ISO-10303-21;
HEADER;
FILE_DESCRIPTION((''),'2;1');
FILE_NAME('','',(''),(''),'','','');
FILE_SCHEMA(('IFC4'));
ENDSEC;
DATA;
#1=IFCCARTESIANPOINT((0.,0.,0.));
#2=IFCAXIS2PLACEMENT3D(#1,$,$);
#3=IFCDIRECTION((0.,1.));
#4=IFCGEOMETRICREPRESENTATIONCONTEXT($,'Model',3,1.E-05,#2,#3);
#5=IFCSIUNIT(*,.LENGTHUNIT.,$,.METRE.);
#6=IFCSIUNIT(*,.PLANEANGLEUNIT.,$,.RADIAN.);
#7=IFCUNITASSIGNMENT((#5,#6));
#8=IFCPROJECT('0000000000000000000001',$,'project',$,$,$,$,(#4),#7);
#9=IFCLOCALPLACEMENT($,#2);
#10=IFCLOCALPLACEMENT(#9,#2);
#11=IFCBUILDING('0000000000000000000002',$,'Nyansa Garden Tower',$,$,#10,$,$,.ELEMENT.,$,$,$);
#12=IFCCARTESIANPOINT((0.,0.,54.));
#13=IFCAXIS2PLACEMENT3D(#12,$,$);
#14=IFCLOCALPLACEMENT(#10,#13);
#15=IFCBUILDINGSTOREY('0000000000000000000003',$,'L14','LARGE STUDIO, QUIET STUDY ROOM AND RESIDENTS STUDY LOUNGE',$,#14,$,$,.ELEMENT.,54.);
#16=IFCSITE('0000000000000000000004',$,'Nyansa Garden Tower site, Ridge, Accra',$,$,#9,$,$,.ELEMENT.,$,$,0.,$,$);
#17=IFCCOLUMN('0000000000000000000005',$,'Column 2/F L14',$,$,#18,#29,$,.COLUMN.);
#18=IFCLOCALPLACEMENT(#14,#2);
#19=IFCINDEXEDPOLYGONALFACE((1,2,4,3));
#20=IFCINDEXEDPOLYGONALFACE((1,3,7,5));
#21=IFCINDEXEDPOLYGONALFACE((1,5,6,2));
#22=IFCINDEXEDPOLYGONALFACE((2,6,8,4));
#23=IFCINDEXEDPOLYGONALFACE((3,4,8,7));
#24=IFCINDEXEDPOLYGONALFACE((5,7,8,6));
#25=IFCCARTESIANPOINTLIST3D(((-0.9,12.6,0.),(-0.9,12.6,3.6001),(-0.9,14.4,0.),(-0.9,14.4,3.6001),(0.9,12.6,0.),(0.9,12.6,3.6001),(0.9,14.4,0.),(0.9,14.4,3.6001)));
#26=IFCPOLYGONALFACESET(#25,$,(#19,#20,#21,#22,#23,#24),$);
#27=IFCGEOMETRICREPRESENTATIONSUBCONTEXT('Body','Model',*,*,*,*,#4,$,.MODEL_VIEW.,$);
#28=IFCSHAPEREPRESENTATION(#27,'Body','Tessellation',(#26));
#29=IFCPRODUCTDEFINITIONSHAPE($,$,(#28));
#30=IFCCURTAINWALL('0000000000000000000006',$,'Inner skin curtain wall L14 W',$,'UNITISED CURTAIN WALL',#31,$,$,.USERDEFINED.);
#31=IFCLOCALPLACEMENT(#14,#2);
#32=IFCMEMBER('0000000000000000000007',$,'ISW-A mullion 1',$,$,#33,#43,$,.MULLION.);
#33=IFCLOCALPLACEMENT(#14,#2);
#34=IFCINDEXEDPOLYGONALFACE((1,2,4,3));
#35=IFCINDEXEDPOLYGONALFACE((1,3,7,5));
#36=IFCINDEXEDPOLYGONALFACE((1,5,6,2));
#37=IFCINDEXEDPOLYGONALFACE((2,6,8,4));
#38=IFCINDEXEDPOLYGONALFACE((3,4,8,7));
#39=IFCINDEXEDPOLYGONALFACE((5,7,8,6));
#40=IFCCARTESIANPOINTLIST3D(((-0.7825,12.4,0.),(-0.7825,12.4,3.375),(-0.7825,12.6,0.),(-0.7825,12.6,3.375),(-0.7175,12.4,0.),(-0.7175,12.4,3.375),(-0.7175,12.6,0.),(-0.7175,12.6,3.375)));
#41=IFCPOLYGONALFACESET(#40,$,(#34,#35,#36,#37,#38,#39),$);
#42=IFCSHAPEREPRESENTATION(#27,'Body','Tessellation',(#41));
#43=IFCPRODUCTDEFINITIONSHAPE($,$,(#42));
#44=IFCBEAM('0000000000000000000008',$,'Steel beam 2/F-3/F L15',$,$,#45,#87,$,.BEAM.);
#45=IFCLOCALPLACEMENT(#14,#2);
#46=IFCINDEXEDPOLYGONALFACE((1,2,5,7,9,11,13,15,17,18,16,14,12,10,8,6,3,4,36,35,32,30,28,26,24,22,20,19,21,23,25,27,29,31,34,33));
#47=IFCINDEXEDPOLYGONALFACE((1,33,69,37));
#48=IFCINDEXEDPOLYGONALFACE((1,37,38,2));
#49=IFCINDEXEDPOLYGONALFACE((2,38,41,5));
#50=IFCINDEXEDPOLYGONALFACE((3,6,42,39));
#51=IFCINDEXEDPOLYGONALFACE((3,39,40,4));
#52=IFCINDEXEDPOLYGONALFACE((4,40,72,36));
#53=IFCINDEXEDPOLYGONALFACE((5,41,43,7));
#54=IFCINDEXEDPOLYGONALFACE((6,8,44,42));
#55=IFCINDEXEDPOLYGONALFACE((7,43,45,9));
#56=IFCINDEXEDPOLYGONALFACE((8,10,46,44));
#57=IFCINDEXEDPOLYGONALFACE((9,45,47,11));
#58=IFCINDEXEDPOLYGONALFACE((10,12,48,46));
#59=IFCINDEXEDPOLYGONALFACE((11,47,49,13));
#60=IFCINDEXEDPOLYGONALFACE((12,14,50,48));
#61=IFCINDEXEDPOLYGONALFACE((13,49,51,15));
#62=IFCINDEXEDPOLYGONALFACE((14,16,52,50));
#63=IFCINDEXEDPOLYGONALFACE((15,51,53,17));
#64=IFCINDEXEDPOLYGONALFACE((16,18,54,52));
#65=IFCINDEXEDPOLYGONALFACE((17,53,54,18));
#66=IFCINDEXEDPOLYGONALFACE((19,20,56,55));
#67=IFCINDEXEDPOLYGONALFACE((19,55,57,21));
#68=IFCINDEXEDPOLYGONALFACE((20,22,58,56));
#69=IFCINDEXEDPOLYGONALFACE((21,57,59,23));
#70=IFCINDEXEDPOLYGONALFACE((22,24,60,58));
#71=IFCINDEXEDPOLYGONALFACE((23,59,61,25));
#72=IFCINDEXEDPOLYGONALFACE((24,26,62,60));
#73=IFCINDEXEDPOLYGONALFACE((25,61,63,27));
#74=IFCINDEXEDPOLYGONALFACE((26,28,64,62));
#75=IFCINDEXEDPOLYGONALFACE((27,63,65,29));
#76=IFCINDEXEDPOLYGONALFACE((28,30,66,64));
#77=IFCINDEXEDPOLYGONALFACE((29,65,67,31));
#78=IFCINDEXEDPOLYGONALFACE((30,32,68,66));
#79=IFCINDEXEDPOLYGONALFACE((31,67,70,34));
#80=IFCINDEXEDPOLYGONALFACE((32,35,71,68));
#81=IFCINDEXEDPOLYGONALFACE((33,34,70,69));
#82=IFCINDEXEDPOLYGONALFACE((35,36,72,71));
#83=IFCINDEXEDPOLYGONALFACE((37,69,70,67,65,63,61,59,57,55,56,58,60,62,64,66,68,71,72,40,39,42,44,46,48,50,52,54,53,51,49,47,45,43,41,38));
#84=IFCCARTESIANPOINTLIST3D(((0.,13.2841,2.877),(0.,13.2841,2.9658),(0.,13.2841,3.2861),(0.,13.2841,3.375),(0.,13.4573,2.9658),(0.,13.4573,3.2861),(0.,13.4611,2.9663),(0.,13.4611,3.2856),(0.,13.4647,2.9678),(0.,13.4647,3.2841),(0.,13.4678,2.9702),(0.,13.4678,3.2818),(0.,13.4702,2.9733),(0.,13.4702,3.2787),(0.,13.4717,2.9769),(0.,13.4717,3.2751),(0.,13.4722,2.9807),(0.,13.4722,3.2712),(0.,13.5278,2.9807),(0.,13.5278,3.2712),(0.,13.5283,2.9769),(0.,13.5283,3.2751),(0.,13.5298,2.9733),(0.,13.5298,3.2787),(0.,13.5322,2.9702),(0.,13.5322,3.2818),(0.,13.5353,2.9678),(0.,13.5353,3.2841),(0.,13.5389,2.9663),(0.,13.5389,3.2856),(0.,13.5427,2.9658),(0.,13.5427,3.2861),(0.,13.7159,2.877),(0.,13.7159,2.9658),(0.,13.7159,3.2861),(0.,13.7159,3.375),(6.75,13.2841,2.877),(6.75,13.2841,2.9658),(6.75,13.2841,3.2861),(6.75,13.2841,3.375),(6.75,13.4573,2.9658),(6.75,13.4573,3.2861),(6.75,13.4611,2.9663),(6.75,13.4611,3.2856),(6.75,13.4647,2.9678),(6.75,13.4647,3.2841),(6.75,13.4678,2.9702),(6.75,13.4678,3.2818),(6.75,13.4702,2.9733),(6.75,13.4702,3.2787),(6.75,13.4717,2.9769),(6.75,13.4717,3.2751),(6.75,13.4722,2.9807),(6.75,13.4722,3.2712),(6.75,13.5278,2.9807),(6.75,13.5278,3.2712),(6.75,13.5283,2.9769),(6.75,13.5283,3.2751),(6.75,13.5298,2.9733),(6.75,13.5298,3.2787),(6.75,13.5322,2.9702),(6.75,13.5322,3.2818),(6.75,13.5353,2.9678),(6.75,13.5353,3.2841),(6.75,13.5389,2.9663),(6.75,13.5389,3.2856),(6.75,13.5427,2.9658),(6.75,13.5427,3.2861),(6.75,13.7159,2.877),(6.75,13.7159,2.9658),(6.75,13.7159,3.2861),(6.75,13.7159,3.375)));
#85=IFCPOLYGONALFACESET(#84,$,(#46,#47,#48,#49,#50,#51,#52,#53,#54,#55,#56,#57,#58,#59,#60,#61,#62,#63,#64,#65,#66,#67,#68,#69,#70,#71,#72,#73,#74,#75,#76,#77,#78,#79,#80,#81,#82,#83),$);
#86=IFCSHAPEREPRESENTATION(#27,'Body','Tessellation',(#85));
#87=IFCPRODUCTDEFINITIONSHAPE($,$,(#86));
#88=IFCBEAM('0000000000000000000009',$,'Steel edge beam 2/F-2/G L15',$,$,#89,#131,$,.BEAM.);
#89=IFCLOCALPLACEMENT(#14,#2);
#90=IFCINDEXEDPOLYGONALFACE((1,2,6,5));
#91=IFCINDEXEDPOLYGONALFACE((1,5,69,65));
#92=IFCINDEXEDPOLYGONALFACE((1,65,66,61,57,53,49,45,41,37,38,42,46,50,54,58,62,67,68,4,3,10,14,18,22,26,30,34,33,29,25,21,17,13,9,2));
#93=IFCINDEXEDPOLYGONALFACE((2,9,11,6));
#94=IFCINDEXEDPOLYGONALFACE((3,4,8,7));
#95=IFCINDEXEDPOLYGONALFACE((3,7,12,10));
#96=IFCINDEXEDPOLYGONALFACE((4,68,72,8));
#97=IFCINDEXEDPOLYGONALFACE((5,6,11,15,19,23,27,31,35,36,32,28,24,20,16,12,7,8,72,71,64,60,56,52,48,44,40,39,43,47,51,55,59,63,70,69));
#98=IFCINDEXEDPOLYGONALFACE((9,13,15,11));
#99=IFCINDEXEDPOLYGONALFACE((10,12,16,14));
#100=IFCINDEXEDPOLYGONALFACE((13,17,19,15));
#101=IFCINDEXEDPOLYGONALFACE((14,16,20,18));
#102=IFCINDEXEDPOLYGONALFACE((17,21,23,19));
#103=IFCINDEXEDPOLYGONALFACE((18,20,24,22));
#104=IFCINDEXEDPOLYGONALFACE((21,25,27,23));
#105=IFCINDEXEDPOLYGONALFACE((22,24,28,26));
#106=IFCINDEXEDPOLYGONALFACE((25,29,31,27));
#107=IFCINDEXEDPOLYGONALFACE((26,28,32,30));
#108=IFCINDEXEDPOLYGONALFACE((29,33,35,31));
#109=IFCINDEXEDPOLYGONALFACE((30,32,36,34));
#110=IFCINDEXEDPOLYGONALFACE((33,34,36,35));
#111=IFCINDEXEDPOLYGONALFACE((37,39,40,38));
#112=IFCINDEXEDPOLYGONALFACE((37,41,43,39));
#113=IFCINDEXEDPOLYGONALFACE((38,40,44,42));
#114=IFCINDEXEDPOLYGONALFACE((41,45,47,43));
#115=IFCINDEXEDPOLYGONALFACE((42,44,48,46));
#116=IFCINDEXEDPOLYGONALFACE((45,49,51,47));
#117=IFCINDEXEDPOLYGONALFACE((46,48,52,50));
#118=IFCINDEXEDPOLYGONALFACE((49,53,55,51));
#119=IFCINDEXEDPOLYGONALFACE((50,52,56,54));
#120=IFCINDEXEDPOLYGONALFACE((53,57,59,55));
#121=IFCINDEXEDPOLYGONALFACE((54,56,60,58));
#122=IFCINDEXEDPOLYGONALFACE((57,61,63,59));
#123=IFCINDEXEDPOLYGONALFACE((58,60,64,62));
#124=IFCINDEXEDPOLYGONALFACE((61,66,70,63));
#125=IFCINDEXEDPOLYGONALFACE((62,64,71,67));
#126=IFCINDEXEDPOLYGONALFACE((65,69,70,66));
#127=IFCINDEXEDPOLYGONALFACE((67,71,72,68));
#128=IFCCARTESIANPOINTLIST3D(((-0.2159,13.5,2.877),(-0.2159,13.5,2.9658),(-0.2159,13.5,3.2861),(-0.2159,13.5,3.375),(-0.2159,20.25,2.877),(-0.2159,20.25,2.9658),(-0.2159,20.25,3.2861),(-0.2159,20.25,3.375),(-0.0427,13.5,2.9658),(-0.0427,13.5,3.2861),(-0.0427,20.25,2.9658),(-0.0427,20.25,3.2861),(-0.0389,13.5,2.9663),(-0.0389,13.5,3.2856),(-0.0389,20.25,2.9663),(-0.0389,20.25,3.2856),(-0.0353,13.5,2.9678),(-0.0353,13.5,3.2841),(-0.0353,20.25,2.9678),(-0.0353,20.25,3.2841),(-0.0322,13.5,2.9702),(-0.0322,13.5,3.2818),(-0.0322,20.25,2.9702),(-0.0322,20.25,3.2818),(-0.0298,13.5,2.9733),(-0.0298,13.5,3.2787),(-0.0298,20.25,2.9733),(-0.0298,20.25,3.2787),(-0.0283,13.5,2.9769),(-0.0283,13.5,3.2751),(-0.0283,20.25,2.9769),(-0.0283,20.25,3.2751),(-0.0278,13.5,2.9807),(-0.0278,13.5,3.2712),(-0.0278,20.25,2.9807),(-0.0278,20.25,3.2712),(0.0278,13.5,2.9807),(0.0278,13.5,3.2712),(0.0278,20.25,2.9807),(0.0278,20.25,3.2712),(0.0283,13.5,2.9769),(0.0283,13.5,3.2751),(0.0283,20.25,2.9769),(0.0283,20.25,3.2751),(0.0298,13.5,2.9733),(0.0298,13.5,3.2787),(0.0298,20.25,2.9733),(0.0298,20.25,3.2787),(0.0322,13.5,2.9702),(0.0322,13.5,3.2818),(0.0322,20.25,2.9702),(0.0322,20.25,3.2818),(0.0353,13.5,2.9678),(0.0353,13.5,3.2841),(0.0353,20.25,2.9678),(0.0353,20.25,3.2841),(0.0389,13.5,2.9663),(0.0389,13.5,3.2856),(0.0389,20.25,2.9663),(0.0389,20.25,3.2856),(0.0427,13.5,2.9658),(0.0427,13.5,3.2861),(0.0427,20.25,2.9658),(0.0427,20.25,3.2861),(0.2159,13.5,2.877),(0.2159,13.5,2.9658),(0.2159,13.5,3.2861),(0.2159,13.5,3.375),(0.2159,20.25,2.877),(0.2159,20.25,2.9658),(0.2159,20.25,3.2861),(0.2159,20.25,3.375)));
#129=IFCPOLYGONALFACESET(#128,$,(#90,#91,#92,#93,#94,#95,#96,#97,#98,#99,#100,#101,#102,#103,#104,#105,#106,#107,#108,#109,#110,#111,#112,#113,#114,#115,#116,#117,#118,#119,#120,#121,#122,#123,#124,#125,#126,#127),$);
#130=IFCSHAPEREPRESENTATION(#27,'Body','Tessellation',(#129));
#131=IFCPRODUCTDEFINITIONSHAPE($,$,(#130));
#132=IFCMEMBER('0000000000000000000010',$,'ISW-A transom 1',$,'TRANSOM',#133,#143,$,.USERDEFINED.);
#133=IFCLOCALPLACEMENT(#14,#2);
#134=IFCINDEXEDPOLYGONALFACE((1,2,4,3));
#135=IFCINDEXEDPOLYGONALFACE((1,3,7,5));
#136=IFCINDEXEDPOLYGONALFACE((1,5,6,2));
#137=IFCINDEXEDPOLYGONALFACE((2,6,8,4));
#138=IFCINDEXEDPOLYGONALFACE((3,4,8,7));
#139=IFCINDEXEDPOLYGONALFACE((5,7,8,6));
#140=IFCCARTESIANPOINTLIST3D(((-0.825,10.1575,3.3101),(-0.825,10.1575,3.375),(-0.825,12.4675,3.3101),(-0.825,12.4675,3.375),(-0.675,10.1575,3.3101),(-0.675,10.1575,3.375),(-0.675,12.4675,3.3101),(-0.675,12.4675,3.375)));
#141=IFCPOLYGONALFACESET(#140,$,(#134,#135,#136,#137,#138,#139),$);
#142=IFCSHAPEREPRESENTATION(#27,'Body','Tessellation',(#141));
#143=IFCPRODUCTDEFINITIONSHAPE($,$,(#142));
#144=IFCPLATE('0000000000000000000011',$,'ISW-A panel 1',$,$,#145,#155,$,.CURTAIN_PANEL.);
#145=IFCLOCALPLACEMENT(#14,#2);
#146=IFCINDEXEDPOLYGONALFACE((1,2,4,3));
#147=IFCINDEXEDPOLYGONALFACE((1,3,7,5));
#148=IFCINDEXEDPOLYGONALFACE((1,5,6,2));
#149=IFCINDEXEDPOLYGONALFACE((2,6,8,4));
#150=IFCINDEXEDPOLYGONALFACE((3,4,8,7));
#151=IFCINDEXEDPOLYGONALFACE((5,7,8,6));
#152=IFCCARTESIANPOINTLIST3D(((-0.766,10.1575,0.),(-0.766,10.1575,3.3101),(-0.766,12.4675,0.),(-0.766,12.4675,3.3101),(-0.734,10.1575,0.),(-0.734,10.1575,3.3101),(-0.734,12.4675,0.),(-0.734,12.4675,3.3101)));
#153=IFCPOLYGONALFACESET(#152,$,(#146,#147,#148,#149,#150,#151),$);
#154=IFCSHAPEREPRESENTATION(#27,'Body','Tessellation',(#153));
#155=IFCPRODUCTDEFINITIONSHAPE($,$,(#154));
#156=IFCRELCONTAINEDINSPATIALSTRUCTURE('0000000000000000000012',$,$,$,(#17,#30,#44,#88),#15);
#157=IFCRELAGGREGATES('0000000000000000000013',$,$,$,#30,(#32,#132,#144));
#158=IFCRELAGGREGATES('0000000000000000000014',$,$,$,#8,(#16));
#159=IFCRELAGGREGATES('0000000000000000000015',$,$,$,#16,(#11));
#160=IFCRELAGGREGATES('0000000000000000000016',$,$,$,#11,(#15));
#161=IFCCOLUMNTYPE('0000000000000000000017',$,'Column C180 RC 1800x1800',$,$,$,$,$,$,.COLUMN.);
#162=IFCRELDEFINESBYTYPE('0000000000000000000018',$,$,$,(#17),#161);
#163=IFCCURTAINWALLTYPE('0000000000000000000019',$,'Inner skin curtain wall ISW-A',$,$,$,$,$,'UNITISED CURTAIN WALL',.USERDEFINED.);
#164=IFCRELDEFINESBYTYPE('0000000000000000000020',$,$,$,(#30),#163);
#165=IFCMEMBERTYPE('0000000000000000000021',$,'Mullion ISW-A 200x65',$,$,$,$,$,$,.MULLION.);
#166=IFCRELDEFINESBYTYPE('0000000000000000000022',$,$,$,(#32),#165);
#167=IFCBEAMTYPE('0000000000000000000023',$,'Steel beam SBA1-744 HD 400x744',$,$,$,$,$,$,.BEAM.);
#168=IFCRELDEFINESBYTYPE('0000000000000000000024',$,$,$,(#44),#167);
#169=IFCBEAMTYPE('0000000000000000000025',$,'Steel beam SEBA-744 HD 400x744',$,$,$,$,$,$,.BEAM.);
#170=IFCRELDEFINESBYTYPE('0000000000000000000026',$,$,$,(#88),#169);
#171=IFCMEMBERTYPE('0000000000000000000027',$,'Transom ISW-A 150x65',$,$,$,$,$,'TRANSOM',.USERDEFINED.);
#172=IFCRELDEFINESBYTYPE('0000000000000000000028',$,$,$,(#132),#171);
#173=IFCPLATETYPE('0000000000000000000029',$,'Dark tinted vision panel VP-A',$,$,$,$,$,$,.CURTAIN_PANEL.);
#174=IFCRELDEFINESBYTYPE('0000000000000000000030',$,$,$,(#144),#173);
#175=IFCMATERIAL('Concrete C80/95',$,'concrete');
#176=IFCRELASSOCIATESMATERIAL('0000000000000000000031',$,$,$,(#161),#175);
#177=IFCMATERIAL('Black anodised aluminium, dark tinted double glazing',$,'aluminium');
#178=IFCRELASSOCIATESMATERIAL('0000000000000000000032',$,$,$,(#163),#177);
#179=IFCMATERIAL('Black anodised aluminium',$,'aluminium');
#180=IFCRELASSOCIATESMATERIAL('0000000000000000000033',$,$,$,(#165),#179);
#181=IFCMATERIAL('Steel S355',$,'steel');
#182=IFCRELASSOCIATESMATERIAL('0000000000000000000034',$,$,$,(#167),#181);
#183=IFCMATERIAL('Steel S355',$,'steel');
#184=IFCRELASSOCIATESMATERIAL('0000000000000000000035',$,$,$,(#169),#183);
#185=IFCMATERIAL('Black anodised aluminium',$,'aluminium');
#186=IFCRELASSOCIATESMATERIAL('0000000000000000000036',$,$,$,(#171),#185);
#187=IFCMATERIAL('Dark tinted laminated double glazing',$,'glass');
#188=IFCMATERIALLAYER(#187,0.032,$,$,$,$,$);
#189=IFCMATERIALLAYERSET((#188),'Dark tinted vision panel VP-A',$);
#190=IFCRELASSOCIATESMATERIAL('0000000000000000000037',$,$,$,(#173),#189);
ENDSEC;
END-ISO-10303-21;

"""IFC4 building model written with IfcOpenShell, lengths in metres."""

from ifc_helpers import new_model, si_unit, direction, frame, origin, origin_2d, place, context, subcontext, project, spatial, rectangle, i_section, extrude, material, layer, layer_set, material_profile, profile_set, type_object, element, aggregate, save


model = new_model("IFC4")

# Units and contexts
model_context = context("Model", 3, precision=1e-05, world=origin(), true_north=direction((0.0, 1.0)))
body_context = subcontext(model_context, "Body", "Model", "MODEL_VIEW")
ifc_project = project(units=[si_unit("LENGTHUNIT", "METRE"), si_unit("PLANEANGLEUNIT", "RADIAN")], contexts=[model_context])

# Site, building, storey
site_placement = place(None, origin())
site = spatial("IfcSite", under=ifc_project, at=site_placement, Name="Nyansa Garden Tower site, Ridge, Accra", CompositionType="ELEMENT", RefElevation=0.0)
building_placement = place(site_placement, origin())
building = spatial("IfcBuilding", under=site, at=building_placement, Name="Nyansa Garden Tower", CompositionType="ELEMENT")
storey_placement = place(building_placement, frame((0.0, 0.0, 54.0)))
storey = spatial("IfcBuildingStorey", under=building, at=storey_placement, Name="L14", Description="LARGE STUDIO, QUIET STUDY ROOM AND RESIDENTS STUDY LOUNGE", CompositionType="ELEMENT", Elevation=54.0)

# Column
ifc_material_1 = material(Name="Concrete C80/95", Category="concrete")
ifc_material_profile_1 = material_profile(ifc_material_1, rectangle(XDim=1.8, YDim=1.8, at=origin_2d()), Name="RC 1800x1800")
ifc_profile_set_1 = profile_set([ifc_material_profile_1], Name="Concrete C80/95")
column_type = type_object("IfcColumnType", Name="Column C180 RC 1800x1800", PredefinedType="COLUMN", material=ifc_profile_set_1)
column_placement = place(storey_placement, frame((0.0, 13.5, 0.0), z_axis=(0.0, 0.0, 1.0), x_axis=(1.0, 0.0, 0.0)))
element("IfcColumn", 1, at=column_placement, inside=storey, type_object=column_type, Name="Column 2/F L14", PredefinedType="COLUMN", context=body_context, shape_type="SweptSolid", body=[
    extrude(rectangle(XDim=1.8, YDim=1.8, at=origin_2d()), origin(), (0.0, 0.0, 1.0), 3.6001),
])

# Curtain wall, member
ifc_material_2 = material(Name="Black anodised aluminium, dark tinted double glazing", Category="aluminium")
curtain_wall_type = type_object("IfcCurtainWallType", Name="Inner skin curtain wall ISW-A", ElementType="UNITISED CURTAIN WALL", PredefinedType="USERDEFINED", material=ifc_material_2)
curtain_wall_placement = place(storey_placement, origin())
curtain_wall = element("IfcCurtainWall", 2, at=curtain_wall_placement, inside=storey, type_object=curtain_wall_type, Name="Inner skin curtain wall L14 W", ObjectType="UNITISED CURTAIN WALL", PredefinedType="USERDEFINED")
ifc_material_3 = material(Name="Black anodised aluminium", Category="aluminium")
ifc_material_profile_2 = material_profile(ifc_material_3, rectangle(XDim=0.0649, YDim=0.2, at=origin_2d()), Name="Mullion 200x65")
ifc_profile_set_2 = profile_set([ifc_material_profile_2], Name="Black anodised aluminium")
member_type_1 = type_object("IfcMemberType", Name="Mullion ISW-A 200x65", PredefinedType="MULLION", material=ifc_profile_set_2)
member_1_placement = place(storey_placement, frame((-0.75, 12.5, 0.0), z_axis=(0.0, 0.0, 1.0), x_axis=(1.0, 0.0, 0.0)))
member_1 = element("IfcMember", 3, at=member_1_placement, type_object=member_type_1, Name="ISW-A mullion 1", PredefinedType="MULLION", context=body_context, shape_type="SweptSolid", body=[
    extrude(rectangle(XDim=0.0649, YDim=0.2, at=origin_2d()), origin(), (0.0, 0.0, 1.0), 3.375),
])

# Beams
ifc_material_4 = material(Name="Steel S355", Category="steel")
ifc_material_profile_3 = material_profile(ifc_material_4, i_section(OverallWidth=0.4319, OverallDepth=0.498, WebThickness=0.0557, FlangeThickness=0.0889, FilletRadius=0.0149, at=origin_2d()), Name="HD 400x744")
ifc_profile_set_3 = profile_set([ifc_material_profile_3], Name="Steel S355")
beam_type_1 = type_object("IfcBeamType", Name="Steel beam SBA1-744 HD 400x744", PredefinedType="BEAM", material=ifc_profile_set_3)
beam_1_placement = place(storey_placement, frame((0.0, 13.5, 3.126), z_axis=(1.0, 0.0, 0.0), x_axis=(0.0, 1.0, 0.0)))
element("IfcBeam", 4, at=beam_1_placement, inside=storey, type_object=beam_type_1, Name="Steel beam 2/F-3/F L15", PredefinedType="BEAM", context=body_context, shape_type="SweptSolid", body=[
    extrude(i_section(OverallWidth=0.4319, OverallDepth=0.498, WebThickness=0.0557, FlangeThickness=0.0889, FilletRadius=0.0149, at=origin_2d()), origin(), (0.0, 0.0, 1.0), 6.75),
])
ifc_material_5 = material(Name="Steel S355", Category="steel")
ifc_material_profile_4 = material_profile(ifc_material_5, i_section(OverallWidth=0.4319, OverallDepth=0.498, WebThickness=0.0557, FlangeThickness=0.0889, FilletRadius=0.0149, at=origin_2d()), Name="HD 400x744")
ifc_profile_set_4 = profile_set([ifc_material_profile_4], Name="Steel S355")
beam_type_2 = type_object("IfcBeamType", Name="Steel beam SEBA-744 HD 400x744", PredefinedType="BEAM", material=ifc_profile_set_4)
beam_2_placement = place(storey_placement, frame((0.0, 13.5, 3.126), z_axis=(0.0, 1.0, 0.0), x_axis=(-1.0, 0.0, 0.0)))
element("IfcBeam", 5, at=beam_2_placement, inside=storey, type_object=beam_type_2, Name="Steel edge beam 2/F-2/G L15", PredefinedType="BEAM", context=body_context, shape_type="SweptSolid", body=[
    extrude(i_section(OverallWidth=0.4319, OverallDepth=0.498, WebThickness=0.0557, FlangeThickness=0.0889, FilletRadius=0.0149, at=origin_2d()), origin(), (0.0, 0.0, 1.0), 6.75),
])

# Member
ifc_material_6 = material(Name="Black anodised aluminium", Category="aluminium")
ifc_material_profile_5 = material_profile(ifc_material_6, rectangle(XDim=0.1499, YDim=0.0649, at=origin_2d()), Name="Transom 150x65")
ifc_profile_set_5 = profile_set([ifc_material_profile_5], Name="Black anodised aluminium")
member_type_2 = type_object("IfcMemberType", Name="Transom ISW-A 150x65", ElementType="TRANSOM", PredefinedType="USERDEFINED", material=ifc_profile_set_5)
member_2_placement = place(storey_placement, frame((-0.75, 12.4675, 3.3425), z_axis=(0.0, -1.0, 0.0), x_axis=(1.0, 0.0, 0.0)))
member_2 = element("IfcMember", 6, at=member_2_placement, type_object=member_type_2, Name="ISW-A transom 1", ObjectType="TRANSOM", PredefinedType="USERDEFINED", context=body_context, shape_type="SweptSolid", body=[
    extrude(rectangle(XDim=0.1499, YDim=0.0649, at=origin_2d()), origin(), (0.0, 0.0, 1.0), 2.3101),
])

# Plate
ifc_material_7 = material(Name="Dark tinted laminated double glazing", Category="glass")
ifc_layer_1 = layer(ifc_material_7, 0.032)
ifc_layer_set_1 = layer_set([ifc_layer_1], Name="Dark tinted vision panel VP-A")
plate_type = type_object("IfcPlateType", Name="Dark tinted vision panel VP-A", PredefinedType="CURTAIN_PANEL", material=ifc_layer_set_1)
plate_placement = place(storey_placement, frame((-0.75, 11.3125, 0.0), z_axis=(0.0, 0.0, 1.0), x_axis=(0.0, -1.0, 0.0)))
plate = element("IfcPlate", 7, at=plate_placement, type_object=plate_type, Name="ISW-A panel 1", PredefinedType="CURTAIN_PANEL", context=body_context, shape_type="SweptSolid", body=[
    extrude(rectangle(XDim=2.3101, YDim=0.032, at=origin_2d()), origin(), (0.0, 0.0, 1.0), 3.3101),
])
aggregate(curtain_wall, [member_1, member_2, plate])

save(model, "model.ifc")
